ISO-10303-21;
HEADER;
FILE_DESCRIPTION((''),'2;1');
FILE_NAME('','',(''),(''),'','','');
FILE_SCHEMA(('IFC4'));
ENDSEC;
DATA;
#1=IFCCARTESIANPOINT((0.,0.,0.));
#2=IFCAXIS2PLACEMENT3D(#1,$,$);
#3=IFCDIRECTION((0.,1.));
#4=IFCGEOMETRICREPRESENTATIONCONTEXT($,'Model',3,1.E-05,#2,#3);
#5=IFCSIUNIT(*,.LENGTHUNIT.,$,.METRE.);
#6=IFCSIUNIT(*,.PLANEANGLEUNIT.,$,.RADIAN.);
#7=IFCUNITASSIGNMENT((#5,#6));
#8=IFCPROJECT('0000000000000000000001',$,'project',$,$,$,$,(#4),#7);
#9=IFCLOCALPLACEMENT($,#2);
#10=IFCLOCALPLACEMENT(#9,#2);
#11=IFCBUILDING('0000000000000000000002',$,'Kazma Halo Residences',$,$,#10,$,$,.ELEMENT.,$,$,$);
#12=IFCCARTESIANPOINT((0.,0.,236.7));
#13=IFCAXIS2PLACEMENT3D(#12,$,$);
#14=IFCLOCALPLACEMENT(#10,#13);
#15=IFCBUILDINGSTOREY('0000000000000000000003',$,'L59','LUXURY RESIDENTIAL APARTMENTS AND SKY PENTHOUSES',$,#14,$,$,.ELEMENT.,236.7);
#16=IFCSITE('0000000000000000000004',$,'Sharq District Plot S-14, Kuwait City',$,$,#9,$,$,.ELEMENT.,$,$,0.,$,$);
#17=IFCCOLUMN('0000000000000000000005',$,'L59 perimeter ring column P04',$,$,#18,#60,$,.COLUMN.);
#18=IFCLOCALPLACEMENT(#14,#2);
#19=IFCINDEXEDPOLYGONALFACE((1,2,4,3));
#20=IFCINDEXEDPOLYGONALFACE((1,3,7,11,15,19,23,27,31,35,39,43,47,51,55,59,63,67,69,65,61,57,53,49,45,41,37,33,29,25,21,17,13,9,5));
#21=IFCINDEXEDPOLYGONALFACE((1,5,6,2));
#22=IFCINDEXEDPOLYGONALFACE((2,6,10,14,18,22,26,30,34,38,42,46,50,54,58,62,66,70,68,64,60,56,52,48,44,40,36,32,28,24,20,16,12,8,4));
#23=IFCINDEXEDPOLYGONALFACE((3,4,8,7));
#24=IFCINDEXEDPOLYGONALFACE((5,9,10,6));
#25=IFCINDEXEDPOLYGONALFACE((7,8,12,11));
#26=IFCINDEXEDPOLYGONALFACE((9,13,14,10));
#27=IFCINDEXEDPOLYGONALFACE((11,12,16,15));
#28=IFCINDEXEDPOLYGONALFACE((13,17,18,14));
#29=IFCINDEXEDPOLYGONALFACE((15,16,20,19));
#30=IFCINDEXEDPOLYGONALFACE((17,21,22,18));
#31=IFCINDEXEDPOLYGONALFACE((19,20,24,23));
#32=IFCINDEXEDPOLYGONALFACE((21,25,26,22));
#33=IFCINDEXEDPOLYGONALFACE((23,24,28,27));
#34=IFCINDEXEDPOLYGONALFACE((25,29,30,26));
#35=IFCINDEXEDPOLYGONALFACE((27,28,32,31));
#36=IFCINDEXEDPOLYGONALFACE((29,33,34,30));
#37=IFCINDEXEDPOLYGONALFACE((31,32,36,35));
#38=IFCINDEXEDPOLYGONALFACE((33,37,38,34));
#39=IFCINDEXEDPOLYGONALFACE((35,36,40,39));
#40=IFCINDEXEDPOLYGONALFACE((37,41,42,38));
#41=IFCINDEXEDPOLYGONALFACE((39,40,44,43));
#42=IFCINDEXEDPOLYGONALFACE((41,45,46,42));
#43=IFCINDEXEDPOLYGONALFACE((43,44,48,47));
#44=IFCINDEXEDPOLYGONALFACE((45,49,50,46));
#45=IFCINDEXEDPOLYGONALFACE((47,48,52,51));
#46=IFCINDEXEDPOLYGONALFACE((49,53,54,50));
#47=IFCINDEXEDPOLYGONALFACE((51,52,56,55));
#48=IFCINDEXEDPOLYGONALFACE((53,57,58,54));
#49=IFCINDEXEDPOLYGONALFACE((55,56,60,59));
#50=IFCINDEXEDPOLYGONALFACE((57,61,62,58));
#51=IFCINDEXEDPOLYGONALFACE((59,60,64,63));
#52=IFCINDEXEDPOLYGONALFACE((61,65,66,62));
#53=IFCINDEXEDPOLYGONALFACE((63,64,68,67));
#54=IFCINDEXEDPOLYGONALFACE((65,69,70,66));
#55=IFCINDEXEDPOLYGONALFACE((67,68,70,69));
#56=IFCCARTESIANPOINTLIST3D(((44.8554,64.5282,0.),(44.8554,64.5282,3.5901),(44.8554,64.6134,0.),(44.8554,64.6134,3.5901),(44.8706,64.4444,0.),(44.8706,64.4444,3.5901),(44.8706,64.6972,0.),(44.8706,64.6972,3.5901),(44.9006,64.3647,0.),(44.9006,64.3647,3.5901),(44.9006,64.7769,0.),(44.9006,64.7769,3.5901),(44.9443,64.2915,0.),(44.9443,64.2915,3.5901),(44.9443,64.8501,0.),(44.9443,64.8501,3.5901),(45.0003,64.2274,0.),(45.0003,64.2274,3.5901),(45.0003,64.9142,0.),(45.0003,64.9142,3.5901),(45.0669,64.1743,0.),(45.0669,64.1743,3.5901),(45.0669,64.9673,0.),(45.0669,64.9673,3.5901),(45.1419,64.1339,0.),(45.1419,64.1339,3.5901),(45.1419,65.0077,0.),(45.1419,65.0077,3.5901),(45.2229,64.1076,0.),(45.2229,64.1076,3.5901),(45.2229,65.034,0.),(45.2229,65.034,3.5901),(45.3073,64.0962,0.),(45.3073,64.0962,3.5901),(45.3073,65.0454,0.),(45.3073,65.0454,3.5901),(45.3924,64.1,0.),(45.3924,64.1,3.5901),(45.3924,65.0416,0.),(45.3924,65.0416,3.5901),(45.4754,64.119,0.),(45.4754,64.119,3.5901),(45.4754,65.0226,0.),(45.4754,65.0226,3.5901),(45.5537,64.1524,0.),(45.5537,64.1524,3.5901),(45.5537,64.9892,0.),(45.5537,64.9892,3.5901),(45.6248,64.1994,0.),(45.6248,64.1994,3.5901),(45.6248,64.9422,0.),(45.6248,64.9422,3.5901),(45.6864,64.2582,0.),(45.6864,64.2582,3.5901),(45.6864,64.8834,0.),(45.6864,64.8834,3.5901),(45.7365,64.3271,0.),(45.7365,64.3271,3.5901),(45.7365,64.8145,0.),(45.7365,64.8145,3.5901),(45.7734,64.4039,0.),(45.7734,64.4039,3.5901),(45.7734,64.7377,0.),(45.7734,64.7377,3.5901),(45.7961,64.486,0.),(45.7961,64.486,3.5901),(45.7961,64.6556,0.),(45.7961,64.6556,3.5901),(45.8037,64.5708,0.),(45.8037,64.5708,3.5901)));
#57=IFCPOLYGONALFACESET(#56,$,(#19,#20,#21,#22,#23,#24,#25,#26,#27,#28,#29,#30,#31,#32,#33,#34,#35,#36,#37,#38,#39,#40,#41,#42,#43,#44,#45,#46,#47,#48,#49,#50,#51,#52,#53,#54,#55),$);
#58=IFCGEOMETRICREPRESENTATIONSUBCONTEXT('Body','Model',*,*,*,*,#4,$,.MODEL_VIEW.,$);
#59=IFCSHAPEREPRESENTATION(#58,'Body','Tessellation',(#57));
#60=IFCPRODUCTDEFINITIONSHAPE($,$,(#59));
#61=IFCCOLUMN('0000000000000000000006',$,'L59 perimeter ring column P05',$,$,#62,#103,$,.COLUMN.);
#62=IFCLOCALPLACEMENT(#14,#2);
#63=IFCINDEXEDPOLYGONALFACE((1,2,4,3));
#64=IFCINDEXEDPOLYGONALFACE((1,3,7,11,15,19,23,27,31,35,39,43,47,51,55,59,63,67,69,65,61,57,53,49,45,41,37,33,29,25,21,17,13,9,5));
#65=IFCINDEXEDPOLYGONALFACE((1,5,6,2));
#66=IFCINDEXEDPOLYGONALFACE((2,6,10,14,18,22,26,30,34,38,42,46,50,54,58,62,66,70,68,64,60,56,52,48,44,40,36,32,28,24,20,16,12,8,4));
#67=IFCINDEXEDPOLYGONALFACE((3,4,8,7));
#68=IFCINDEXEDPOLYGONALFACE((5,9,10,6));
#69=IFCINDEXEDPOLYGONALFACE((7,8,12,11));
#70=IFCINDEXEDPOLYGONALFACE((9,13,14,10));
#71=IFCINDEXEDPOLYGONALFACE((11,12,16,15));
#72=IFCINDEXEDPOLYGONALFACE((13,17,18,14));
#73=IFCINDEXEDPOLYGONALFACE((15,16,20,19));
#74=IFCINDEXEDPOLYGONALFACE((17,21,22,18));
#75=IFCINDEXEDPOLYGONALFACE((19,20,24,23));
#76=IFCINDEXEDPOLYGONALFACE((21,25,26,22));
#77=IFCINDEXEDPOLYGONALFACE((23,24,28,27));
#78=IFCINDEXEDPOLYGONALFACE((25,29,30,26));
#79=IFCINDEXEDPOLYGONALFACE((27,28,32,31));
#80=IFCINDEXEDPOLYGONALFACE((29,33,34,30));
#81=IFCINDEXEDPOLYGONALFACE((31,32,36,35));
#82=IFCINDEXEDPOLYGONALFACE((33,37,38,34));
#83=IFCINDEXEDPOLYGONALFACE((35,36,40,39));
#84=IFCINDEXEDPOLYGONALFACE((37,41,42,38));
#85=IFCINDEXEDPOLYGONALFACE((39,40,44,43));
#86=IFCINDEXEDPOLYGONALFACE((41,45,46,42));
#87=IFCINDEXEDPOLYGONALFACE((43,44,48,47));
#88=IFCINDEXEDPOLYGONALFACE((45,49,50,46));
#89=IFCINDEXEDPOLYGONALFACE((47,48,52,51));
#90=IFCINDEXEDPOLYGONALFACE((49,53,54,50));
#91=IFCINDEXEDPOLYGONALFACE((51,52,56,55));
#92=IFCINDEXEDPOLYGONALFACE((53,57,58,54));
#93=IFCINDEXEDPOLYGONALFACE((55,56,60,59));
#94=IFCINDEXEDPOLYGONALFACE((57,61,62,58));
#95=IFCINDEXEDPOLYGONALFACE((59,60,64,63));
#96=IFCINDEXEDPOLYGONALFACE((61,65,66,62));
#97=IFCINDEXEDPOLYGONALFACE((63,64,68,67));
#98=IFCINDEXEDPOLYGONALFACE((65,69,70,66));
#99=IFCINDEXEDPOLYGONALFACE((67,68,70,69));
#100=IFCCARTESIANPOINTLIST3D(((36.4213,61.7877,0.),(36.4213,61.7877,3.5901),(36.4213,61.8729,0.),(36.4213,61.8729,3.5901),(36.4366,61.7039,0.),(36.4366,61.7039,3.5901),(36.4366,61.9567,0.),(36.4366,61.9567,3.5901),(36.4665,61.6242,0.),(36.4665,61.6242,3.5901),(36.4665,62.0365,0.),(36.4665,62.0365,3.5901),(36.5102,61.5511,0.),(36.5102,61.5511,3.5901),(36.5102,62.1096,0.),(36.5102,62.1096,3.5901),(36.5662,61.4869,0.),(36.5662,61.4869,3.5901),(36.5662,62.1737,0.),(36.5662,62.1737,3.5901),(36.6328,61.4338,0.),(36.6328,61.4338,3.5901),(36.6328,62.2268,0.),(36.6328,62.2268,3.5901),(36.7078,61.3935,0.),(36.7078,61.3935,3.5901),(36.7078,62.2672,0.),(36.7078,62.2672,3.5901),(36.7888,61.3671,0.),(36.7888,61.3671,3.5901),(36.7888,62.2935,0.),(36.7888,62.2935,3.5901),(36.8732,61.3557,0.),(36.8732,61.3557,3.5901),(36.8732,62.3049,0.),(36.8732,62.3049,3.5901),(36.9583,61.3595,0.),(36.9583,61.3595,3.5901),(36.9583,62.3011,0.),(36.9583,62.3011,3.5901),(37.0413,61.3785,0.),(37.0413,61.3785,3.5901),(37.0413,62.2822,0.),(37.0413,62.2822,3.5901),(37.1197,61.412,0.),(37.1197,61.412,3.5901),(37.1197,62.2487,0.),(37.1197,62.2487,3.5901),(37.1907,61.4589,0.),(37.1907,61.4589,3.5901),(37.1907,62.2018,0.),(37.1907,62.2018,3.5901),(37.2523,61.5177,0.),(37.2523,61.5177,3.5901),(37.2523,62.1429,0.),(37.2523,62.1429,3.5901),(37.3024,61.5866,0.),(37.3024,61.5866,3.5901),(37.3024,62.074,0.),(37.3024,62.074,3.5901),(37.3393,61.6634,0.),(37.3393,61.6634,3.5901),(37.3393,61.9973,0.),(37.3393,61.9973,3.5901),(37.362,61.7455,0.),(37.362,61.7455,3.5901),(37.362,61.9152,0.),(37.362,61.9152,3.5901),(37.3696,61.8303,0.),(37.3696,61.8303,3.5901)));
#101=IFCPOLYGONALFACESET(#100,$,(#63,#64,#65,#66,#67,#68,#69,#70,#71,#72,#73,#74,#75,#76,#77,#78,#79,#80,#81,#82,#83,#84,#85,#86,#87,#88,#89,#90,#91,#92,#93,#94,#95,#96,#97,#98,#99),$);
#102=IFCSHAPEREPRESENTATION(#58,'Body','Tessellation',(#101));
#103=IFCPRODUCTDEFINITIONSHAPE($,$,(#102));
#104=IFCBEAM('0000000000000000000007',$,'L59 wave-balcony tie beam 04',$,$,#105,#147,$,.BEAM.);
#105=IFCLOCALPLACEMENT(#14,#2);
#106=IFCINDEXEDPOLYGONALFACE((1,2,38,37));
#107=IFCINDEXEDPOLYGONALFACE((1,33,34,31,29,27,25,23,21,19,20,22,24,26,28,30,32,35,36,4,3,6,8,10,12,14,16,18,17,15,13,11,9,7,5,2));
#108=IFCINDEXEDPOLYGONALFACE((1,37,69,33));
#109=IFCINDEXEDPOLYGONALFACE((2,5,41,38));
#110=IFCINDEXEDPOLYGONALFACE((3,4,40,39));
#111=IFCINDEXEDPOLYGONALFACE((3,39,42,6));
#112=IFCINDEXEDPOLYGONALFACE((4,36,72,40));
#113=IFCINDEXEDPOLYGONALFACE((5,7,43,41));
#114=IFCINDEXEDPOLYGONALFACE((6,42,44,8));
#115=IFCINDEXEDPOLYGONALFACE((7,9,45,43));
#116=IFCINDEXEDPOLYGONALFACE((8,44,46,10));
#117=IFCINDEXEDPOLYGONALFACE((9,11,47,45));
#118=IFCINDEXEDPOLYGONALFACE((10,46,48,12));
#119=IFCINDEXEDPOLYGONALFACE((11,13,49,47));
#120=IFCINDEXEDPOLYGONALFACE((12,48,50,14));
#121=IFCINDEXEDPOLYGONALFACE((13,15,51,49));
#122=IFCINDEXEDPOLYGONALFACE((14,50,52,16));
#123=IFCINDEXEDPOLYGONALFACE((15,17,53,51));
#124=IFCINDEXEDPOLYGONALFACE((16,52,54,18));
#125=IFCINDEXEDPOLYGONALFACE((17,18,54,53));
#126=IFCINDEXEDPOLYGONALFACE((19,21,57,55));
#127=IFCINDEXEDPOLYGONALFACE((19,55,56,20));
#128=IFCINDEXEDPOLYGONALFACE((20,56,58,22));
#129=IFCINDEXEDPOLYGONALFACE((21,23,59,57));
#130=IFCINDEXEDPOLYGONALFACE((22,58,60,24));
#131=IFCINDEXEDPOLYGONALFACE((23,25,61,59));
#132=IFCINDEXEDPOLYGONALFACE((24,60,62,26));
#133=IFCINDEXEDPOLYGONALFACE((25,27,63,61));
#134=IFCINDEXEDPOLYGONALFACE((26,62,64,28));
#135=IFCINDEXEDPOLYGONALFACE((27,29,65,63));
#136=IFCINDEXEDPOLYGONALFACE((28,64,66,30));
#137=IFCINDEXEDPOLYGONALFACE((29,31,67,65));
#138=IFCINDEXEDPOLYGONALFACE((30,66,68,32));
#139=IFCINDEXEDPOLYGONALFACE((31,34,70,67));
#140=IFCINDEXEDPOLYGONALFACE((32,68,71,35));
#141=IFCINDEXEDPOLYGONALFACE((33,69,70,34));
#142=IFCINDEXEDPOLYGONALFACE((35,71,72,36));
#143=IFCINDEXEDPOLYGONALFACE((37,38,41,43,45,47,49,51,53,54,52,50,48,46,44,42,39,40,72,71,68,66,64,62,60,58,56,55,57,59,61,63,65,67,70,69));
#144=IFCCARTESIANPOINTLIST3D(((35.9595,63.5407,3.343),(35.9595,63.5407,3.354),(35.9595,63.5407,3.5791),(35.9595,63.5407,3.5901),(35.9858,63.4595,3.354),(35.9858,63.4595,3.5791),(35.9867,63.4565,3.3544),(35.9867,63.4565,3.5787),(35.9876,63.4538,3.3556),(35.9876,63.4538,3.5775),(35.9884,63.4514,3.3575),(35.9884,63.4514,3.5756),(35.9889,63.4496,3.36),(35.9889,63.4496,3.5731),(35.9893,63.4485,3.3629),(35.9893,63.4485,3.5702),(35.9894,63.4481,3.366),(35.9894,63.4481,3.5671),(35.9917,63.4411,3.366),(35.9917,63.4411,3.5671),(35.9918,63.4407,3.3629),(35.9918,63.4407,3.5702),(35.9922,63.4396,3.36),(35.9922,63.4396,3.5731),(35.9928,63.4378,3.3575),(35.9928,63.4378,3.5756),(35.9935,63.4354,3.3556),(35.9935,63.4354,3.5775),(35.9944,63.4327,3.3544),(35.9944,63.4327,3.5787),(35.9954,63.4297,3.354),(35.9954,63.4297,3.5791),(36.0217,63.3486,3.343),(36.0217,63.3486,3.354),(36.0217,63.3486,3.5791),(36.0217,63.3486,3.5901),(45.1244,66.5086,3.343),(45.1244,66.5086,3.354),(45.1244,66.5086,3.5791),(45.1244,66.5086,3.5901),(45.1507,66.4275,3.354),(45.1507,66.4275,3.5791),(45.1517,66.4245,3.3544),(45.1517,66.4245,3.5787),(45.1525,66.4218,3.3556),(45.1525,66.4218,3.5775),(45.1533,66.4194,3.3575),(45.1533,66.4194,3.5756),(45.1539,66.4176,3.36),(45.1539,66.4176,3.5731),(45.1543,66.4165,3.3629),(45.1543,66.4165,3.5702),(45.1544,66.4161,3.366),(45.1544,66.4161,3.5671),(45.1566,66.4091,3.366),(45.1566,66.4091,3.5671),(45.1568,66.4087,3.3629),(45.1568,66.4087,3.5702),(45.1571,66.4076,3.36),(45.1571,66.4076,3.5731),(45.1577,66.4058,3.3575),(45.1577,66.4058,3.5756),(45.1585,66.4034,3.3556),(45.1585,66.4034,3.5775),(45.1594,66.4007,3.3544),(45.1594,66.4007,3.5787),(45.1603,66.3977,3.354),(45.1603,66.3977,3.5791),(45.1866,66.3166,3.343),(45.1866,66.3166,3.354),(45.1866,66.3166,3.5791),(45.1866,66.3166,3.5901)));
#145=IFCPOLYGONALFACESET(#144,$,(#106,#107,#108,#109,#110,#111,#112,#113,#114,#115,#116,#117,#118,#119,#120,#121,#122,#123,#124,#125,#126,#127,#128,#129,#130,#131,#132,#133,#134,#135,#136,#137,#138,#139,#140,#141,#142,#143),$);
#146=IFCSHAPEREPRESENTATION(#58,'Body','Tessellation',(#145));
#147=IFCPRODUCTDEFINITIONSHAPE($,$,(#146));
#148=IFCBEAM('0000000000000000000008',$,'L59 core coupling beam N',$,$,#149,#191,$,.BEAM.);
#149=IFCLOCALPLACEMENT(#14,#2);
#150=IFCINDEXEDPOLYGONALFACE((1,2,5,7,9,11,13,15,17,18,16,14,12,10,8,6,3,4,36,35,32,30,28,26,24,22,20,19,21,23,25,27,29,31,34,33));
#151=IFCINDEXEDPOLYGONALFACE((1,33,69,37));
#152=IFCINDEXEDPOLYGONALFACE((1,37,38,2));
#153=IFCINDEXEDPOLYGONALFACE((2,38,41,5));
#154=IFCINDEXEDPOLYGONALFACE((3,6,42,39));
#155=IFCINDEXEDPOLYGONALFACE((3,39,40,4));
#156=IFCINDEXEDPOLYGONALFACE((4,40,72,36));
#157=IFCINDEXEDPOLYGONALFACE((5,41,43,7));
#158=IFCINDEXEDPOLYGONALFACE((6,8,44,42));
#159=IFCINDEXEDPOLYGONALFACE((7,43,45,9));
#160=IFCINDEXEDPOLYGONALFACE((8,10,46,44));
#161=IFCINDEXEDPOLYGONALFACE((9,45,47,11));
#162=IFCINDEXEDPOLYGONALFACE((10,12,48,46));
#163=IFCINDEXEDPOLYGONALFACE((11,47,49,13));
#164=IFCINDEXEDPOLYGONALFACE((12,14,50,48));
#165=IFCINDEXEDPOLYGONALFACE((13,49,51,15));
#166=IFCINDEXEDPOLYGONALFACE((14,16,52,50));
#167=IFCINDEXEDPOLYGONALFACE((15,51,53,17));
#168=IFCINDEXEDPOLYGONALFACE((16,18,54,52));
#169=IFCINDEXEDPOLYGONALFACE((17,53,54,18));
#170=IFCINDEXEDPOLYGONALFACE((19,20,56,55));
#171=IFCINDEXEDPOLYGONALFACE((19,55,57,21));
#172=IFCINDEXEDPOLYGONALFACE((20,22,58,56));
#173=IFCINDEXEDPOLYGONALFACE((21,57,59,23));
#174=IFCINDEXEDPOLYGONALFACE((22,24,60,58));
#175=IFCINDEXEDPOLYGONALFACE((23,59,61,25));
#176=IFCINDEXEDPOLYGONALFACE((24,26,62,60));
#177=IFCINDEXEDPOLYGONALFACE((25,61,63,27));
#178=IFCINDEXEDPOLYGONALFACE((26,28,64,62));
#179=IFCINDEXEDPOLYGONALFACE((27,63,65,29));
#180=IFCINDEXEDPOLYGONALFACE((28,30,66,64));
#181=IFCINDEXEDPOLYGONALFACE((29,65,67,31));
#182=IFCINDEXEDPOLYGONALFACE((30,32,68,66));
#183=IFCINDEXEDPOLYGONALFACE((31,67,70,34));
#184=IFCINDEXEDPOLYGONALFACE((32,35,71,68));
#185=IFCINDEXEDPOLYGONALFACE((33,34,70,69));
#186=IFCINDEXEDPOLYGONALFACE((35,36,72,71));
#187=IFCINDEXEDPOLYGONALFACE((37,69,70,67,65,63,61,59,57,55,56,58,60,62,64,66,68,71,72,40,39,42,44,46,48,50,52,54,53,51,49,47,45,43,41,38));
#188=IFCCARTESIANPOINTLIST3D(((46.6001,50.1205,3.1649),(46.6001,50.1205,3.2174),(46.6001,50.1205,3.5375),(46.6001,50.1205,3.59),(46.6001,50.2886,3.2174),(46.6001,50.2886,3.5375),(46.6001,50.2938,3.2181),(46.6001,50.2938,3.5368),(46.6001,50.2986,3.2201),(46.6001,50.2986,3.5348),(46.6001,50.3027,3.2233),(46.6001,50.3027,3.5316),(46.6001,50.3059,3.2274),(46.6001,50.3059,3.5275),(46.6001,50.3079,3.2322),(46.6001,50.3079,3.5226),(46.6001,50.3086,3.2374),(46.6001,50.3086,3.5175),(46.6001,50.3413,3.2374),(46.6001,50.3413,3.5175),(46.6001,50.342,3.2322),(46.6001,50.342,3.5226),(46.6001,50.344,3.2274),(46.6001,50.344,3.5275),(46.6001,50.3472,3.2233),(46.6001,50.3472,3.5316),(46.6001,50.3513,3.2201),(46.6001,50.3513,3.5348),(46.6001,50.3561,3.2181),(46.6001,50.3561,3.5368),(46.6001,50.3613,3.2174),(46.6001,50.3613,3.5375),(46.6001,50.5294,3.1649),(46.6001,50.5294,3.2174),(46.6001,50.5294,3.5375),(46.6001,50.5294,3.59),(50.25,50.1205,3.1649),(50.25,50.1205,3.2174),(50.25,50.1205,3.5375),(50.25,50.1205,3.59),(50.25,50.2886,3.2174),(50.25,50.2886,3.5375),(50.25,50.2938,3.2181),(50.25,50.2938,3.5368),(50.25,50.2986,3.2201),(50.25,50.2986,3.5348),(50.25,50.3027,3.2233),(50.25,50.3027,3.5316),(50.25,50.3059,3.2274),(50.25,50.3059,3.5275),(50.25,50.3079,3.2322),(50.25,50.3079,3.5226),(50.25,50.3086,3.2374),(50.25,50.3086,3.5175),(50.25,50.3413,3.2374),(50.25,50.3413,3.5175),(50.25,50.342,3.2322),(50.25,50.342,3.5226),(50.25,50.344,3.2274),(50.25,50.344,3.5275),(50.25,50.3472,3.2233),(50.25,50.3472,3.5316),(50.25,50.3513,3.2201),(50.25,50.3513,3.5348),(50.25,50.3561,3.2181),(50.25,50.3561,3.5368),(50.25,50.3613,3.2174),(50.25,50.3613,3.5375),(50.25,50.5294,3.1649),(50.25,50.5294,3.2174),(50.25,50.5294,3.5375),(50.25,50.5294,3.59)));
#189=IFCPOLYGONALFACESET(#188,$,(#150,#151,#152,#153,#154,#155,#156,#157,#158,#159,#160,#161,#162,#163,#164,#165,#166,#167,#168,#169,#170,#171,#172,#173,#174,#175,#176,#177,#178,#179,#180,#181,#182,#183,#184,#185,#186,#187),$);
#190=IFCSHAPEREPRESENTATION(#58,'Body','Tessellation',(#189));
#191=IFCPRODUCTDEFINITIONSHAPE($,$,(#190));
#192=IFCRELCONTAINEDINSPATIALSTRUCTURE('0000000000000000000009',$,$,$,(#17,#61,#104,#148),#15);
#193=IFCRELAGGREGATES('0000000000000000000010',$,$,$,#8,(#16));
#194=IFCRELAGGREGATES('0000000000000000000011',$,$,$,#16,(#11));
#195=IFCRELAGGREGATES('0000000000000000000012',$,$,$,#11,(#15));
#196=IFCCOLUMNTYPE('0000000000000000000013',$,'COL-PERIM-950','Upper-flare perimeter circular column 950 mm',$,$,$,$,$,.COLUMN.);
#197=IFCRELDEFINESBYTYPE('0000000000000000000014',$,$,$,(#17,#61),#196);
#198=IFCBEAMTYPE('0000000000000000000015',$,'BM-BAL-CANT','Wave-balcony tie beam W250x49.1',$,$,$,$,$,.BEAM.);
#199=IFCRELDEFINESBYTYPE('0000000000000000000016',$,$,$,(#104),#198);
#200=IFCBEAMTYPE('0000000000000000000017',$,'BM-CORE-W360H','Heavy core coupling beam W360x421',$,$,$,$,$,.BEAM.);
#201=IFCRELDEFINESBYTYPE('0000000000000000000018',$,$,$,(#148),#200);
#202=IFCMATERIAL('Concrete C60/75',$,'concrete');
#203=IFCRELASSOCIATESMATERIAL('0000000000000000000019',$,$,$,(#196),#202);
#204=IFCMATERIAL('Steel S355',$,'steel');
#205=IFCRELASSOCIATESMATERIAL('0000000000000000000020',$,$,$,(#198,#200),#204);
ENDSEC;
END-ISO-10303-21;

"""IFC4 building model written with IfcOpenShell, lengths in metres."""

from ifc_helpers import new_model, si_unit, direction, frame, origin, origin_2d, place, context, subcontext, project, spatial, circle, i_section, extrude, material, material_profile, profile_set, type_object, element, save


model = new_model("IFC4")

# Units and contexts
model_context = context("Model", 3, precision=1e-05, world=origin(), true_north=direction((0.0, 1.0)))
body_context = subcontext(model_context, "Body", "Model", "MODEL_VIEW")
ifc_project = project(units=[si_unit("LENGTHUNIT", "METRE"), si_unit("PLANEANGLEUNIT", "RADIAN")], contexts=[model_context])

# Site, building, storey
site_placement = place(None, origin())
site = spatial("IfcSite", under=ifc_project, at=site_placement, Name="Sharq District Plot S-14, Kuwait City", CompositionType="ELEMENT", RefElevation=0.0)
building_placement = place(site_placement, origin())
building = spatial("IfcBuilding", under=site, at=building_placement, Name="Kazma Halo Residences", CompositionType="ELEMENT")
storey_placement = place(building_placement, frame((0.0, 0.0, 236.7)))
storey = spatial("IfcBuildingStorey", under=building, at=storey_placement, Name="L59", Description="LUXURY RESIDENTIAL APARTMENTS AND SKY PENTHOUSES", CompositionType="ELEMENT", Elevation=236.7)

# Columns
ifc_material_1 = material(Name="Concrete C60/75", Category="concrete")
ifc_material_profile_1 = material_profile(ifc_material_1, circle(Radius=0.4751, at=origin_2d()), Name="CIRC950")
ifc_profile_set_1 = profile_set([ifc_material_profile_1], Name="Concrete C60/75")
column_type = type_object("IfcColumnType", Name="COL-PERIM-950", Description="Upper-flare perimeter circular column 950 mm", PredefinedType="COLUMN", material=ifc_profile_set_1)
for number, where, z_axis, x_axis, name in (
    (1, (45.3286, 64.5708, 0.0), (0.0, 0.0, 1.0), (1.0, 0.0, 0.0), "L59 perimeter ring column P04"),
    (2, (36.8945, 61.8303, 0.0), (0.0, 0.0, 1.0), (1.0, 0.0, 0.0), "L59 perimeter ring column P05"),
):
    element("IfcColumn", number, at=place(storey_placement, frame(where, z_axis=z_axis, x_axis=x_axis)), inside=storey, type_object=column_type, Name=name, PredefinedType="COLUMN", context=body_context, shape_type="SweptSolid", body=[
        extrude(circle(Radius=0.4751, at=origin_2d()), origin(), (0.0, 0.0, 1.0), 3.5901),
    ])

# Beams
ifc_material_2 = material(Name="Steel S355", Category="steel")
ifc_material_profile_2 = material_profile(ifc_material_2, i_section(OverallWidth=0.2019, OverallDepth=0.2471, WebThickness=0.0073, FlangeThickness=0.011, FilletRadius=0.012, at=origin_2d()), Name="W250x49.1")
ifc_profile_set_2 = profile_set([ifc_material_profile_2], Name="Steel S355")
beam_type_1 = type_object("IfcBeamType", Name="BM-BAL-CANT", Description="Wave-balcony tie beam W250x49.1", PredefinedType="BEAM", material=ifc_profile_set_2)
beam_1_placement = place(storey_placement, frame((45.1555, 66.4126, 3.4666), z_axis=(-0.951358, -0.308089, 0.0), x_axis=(0.308089, -0.951358, 0.0)))
element("IfcBeam", 3, at=beam_1_placement, inside=storey, type_object=beam_type_1, Name="L59 wave-balcony tie beam 04", PredefinedType="BEAM", context=body_context, shape_type="SweptSolid", body=[
    extrude(i_section(OverallWidth=0.2019, OverallDepth=0.2471, WebThickness=0.0073, FlangeThickness=0.011, FilletRadius=0.012, at=origin_2d()), origin(), (0.0, 0.0, 1.0), 9.6335),
])
ifc_material_profile_3 = material_profile(ifc_material_2, i_section(OverallWidth=0.4089, OverallDepth=0.425, WebThickness=0.0327, FlangeThickness=0.0525, FilletRadius=0.02, at=origin_2d()), Name="W360x421")
ifc_profile_set_3 = profile_set([ifc_material_profile_3], Name="Steel S355")
beam_type_2 = type_object("IfcBeamType", Name="BM-CORE-W360H", Description="Heavy core coupling beam W360x421", PredefinedType="BEAM", material=ifc_profile_set_3)
beam_2_placement = place(storey_placement, frame((46.6001, 50.325, 3.3774), z_axis=(1.0, 0.0, 0.0), x_axis=(0.0, 1.0, 0.0)))
element("IfcBeam", 4, at=beam_2_placement, inside=storey, type_object=beam_type_2, Name="L59 core coupling beam N", PredefinedType="BEAM", context=body_context, shape_type="SweptSolid", body=[
    extrude(i_section(OverallWidth=0.4089, OverallDepth=0.425, WebThickness=0.0327, FlangeThickness=0.0525, FilletRadius=0.02, at=origin_2d()), origin(), (0.0, 0.0, 1.0), 3.6499),
])

save(model, "model.ifc")
